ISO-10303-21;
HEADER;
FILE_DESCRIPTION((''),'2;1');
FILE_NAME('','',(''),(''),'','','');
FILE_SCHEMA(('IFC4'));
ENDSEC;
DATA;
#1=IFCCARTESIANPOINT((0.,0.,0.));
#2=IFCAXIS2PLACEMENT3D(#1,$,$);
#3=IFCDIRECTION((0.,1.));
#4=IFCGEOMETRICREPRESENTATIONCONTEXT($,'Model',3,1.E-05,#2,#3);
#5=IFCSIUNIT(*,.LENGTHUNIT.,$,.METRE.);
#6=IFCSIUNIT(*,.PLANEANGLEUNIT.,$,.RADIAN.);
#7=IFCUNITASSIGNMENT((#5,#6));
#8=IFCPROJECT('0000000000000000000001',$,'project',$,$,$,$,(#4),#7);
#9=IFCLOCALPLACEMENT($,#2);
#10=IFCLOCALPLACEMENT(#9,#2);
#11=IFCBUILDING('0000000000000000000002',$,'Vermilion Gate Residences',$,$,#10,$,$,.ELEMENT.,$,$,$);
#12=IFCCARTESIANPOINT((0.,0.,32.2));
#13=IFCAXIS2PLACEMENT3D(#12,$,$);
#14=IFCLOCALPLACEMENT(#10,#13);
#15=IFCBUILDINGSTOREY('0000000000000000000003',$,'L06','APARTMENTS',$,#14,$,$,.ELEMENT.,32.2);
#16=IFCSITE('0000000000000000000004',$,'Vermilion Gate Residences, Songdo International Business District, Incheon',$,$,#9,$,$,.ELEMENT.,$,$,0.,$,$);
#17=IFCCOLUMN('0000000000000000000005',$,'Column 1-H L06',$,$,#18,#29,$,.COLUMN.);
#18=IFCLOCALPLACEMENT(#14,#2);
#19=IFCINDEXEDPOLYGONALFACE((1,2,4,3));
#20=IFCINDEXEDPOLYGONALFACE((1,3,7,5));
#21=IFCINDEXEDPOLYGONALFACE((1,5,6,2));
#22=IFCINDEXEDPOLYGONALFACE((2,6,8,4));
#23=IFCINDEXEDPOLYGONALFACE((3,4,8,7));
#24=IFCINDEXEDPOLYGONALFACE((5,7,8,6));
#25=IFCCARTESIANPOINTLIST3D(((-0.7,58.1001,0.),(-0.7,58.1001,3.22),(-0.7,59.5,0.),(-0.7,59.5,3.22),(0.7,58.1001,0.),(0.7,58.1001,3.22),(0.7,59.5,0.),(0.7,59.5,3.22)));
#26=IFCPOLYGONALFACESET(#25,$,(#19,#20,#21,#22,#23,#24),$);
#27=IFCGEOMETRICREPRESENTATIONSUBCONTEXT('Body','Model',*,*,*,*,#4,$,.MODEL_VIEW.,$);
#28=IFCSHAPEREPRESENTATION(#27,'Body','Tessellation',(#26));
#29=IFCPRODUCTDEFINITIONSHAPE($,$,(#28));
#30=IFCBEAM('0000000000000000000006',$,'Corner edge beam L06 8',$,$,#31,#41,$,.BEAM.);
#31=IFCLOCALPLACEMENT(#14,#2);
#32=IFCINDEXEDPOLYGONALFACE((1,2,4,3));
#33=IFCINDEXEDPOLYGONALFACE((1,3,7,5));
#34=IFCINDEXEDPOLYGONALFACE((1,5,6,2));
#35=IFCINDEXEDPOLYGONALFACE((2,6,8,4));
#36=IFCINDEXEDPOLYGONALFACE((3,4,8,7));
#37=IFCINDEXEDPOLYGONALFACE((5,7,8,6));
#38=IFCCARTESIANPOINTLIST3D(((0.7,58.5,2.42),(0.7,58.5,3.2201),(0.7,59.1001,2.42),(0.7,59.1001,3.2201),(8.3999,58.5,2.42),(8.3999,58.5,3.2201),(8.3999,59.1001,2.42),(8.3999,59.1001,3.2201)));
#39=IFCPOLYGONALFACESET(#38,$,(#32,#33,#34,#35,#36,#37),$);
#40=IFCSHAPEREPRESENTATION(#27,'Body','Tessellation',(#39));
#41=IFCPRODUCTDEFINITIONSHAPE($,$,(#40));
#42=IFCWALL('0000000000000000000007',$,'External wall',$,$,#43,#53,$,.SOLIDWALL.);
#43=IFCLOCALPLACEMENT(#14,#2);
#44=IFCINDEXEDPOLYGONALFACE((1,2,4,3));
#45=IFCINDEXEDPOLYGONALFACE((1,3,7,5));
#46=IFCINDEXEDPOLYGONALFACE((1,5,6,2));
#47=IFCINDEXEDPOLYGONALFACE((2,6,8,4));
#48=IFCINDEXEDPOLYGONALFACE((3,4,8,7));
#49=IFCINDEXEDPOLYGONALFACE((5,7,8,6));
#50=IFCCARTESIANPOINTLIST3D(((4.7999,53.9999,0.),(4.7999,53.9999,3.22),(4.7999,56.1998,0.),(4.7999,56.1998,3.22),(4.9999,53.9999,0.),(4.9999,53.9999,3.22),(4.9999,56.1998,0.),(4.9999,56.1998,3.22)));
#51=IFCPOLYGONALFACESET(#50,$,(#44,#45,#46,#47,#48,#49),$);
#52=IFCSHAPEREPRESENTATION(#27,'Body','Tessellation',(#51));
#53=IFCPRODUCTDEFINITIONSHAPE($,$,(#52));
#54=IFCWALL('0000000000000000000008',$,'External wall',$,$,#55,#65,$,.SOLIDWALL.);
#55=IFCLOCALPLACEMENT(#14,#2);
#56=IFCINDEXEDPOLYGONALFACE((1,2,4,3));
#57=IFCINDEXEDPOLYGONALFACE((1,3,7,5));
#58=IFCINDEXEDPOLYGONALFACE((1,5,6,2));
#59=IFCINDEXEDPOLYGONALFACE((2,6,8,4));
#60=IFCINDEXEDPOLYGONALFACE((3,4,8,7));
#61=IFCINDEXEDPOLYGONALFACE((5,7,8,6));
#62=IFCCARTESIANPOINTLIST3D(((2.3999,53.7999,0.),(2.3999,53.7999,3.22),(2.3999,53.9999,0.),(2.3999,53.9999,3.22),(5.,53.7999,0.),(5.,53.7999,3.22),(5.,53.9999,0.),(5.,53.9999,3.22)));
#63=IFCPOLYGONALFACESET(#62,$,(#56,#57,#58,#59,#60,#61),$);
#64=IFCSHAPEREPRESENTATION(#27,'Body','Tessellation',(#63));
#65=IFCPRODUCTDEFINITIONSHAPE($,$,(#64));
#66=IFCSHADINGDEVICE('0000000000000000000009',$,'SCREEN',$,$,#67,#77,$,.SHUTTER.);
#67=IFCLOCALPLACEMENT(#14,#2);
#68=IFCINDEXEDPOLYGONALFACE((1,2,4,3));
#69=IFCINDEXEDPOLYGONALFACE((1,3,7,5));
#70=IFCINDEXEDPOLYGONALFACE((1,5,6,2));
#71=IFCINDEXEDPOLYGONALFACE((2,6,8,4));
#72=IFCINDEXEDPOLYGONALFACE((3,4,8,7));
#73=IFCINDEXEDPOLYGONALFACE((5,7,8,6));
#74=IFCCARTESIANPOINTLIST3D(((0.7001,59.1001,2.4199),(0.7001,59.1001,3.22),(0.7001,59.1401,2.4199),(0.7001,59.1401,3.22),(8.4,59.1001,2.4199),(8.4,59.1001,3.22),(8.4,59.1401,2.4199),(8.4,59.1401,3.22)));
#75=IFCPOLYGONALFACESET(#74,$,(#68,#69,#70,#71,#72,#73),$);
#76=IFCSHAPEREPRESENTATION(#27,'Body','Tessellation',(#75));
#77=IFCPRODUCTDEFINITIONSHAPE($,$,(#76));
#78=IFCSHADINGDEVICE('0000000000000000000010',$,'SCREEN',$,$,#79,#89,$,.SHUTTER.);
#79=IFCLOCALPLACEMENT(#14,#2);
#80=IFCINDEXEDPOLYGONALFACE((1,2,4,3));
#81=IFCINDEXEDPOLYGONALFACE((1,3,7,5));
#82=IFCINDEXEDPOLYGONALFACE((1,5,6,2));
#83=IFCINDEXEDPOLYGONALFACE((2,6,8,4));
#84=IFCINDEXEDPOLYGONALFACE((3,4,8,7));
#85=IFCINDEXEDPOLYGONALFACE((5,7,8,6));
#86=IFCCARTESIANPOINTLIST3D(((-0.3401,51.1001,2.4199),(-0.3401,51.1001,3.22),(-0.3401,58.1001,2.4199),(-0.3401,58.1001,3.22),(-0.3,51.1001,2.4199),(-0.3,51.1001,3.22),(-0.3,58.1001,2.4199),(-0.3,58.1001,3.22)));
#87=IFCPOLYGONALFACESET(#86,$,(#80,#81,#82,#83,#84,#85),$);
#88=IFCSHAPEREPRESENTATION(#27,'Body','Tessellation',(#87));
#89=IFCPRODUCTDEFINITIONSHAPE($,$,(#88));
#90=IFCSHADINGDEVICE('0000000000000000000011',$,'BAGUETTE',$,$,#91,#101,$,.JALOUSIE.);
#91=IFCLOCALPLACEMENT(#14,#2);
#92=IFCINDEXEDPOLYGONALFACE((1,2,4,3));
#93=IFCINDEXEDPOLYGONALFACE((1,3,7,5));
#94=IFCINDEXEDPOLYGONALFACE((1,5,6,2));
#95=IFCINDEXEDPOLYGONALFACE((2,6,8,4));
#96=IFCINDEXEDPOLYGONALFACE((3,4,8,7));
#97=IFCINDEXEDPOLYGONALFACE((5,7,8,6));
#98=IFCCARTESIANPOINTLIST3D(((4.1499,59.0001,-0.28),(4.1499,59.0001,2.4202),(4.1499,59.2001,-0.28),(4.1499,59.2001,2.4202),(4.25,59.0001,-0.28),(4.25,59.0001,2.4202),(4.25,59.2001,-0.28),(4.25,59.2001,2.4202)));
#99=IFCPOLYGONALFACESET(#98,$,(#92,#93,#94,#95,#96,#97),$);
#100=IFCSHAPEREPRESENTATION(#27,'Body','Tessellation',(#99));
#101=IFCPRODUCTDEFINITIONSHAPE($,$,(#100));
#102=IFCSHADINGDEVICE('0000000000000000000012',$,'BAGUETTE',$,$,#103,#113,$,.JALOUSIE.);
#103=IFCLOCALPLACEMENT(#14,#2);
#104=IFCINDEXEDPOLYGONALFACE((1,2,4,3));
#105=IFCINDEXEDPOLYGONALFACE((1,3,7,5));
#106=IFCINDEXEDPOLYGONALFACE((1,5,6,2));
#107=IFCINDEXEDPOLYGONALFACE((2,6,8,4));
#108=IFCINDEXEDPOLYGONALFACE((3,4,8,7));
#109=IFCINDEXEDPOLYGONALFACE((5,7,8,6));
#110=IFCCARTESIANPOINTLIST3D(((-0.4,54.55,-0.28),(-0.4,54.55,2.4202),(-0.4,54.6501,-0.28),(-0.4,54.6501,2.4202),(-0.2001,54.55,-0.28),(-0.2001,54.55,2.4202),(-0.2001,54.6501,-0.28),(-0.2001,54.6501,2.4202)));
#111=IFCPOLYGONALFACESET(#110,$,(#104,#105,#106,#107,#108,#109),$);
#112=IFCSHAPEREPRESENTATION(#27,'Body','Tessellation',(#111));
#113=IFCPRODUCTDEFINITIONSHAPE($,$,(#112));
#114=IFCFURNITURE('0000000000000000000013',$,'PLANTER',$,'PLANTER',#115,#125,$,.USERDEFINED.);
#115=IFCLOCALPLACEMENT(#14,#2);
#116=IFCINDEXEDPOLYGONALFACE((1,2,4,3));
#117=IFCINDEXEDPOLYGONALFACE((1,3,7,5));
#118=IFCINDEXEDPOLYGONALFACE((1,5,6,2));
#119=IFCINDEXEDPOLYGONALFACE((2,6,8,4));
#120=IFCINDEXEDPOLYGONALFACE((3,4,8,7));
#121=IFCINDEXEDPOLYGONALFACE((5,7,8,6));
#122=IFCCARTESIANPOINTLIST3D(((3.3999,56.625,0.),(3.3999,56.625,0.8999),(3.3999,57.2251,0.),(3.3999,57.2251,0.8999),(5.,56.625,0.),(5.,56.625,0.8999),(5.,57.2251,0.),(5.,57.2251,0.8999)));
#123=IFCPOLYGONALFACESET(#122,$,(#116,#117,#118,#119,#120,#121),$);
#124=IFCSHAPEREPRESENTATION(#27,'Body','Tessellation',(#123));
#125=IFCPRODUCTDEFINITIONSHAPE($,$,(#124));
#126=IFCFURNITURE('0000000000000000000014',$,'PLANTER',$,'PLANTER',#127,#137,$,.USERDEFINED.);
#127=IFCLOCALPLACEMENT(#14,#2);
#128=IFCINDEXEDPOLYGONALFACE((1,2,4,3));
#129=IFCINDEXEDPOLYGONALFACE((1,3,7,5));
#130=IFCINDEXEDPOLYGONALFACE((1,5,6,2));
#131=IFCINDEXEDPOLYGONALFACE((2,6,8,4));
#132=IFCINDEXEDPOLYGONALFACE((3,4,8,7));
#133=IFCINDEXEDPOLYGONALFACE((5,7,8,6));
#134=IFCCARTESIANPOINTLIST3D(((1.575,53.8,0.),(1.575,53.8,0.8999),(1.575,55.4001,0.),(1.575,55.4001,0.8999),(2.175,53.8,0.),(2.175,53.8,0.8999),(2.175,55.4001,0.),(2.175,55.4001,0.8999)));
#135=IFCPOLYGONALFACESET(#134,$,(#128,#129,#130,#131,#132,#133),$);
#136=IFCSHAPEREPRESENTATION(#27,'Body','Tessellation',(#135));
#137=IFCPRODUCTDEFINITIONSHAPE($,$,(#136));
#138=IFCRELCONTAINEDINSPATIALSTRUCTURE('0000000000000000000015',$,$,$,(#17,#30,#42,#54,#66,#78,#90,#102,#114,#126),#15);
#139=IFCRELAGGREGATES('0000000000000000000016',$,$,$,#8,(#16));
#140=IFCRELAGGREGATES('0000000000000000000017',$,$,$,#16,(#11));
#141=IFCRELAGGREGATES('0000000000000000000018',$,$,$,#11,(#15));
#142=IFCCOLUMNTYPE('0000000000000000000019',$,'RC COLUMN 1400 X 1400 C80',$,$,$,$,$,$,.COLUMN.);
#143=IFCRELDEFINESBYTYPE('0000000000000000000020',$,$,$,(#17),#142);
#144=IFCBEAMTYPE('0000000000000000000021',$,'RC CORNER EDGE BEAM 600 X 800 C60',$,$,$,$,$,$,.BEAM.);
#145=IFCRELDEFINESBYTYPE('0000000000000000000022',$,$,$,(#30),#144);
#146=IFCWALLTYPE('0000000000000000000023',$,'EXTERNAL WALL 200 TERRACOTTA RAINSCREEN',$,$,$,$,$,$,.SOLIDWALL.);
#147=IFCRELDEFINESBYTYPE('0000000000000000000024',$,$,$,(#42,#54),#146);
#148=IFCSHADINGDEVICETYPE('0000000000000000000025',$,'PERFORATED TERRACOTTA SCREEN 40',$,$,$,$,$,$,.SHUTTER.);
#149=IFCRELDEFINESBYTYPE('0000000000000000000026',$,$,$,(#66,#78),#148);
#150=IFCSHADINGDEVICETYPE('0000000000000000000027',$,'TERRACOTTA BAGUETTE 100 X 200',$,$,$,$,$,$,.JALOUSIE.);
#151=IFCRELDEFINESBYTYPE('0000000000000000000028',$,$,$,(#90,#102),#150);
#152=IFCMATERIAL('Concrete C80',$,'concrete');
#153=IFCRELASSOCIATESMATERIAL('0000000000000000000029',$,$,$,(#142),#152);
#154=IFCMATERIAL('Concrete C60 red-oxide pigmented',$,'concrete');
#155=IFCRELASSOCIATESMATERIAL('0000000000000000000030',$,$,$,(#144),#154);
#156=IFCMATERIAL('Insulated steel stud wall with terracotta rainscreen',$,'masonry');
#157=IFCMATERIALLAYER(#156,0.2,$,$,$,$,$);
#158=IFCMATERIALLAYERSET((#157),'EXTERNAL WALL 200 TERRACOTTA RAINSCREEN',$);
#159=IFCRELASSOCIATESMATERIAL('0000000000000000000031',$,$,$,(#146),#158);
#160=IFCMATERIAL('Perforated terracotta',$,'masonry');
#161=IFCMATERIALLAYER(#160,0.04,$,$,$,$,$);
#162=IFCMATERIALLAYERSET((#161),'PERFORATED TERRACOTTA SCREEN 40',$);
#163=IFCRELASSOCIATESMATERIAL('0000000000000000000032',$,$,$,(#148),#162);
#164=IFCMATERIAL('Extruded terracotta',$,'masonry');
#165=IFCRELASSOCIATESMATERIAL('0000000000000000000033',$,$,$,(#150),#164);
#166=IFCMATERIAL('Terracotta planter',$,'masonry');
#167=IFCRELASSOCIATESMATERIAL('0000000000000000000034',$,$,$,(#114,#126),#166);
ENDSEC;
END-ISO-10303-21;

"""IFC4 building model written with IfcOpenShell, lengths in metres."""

from ifc_helpers import new_model, si_unit, direction, frame, frame_2d, origin, origin_2d, place, context, subcontext, project, spatial, rectangle, extrude, material, layer, layer_set, material_profile, profile_set, type_object, element, save


model = new_model("IFC4")

# Units and contexts
model_context = context("Model", 3, precision=1e-05, world=origin(), true_north=direction((0.0, 1.0)))
body_context = subcontext(model_context, "Body", "Model", "MODEL_VIEW")
ifc_project = project(units=[si_unit("LENGTHUNIT", "METRE"), si_unit("PLANEANGLEUNIT", "RADIAN")], contexts=[model_context])

# Site, building, storey
site_placement = place(None, origin())
site = spatial("IfcSite", under=ifc_project, at=site_placement, Name="Vermilion Gate Residences, Songdo International Business District, Incheon", CompositionType="ELEMENT", RefElevation=0.0)
building_placement = place(site_placement, origin())
building = spatial("IfcBuilding", under=site, at=building_placement, Name="Vermilion Gate Residences", CompositionType="ELEMENT")
storey_placement = place(building_placement, frame((0.0, 0.0, 32.2)))
storey = spatial("IfcBuildingStorey", under=building, at=storey_placement, Name="L06", Description="APARTMENTS", CompositionType="ELEMENT", Elevation=32.2)

# Column
ifc_material_1 = material(Name="Concrete C80", Category="concrete")
ifc_material_profile_1 = material_profile(ifc_material_1, rectangle(XDim=1.3999, YDim=1.3999, at=origin_2d()), Name="RC-1400x1400")
ifc_profile_set_1 = profile_set([ifc_material_profile_1], Name="Concrete C80")
column_type = type_object("IfcColumnType", Name="RC COLUMN 1400 X 1400 C80", PredefinedType="COLUMN", material=ifc_profile_set_1)
column_placement = place(storey_placement, frame((0.0, 58.8, 0.0), z_axis=(0.0, 0.0, 1.0), x_axis=(1.0, 0.0, 0.0)))
element("IfcColumn", 1, at=column_placement, inside=storey, type_object=column_type, Name="Column 1-H L06", PredefinedType="COLUMN", context=body_context, shape_type="SweptSolid", body=[
    extrude(rectangle(XDim=1.3999, YDim=1.3999, at=origin_2d()), origin(), (0.0, 0.0, 1.0), 3.22),
])

# Beam
ifc_material_2 = material(Name="Concrete C60 red-oxide pigmented", Category="concrete")
ifc_material_profile_2 = material_profile(ifc_material_2, rectangle(XDim=0.6001, YDim=0.8, at=origin_2d()), Name="RC-600x800")
ifc_profile_set_2 = profile_set([ifc_material_profile_2], Name="Concrete C60 red-oxide pigmented")
beam_type = type_object("IfcBeamType", Name="RC CORNER EDGE BEAM 600 X 800 C60", PredefinedType="BEAM", material=ifc_profile_set_2)
beam_placement = place(storey_placement, frame((0.7, 58.8, 2.8201), z_axis=(1.0, 0.0, 0.0), x_axis=(0.0, 1.0, 0.0)))
element("IfcBeam", 2, at=beam_placement, inside=storey, type_object=beam_type, Name="Corner edge beam L06 8", PredefinedType="BEAM", context=body_context, shape_type="SweptSolid", body=[
    extrude(rectangle(XDim=0.6001, YDim=0.8, at=origin_2d()), origin(), (0.0, 0.0, 1.0), 7.7),
])

# Walls
ifc_material_3 = material(Name="Insulated steel stud wall with terracotta rainscreen", Category="masonry")
ifc_layer_1 = layer(ifc_material_3, 0.2)
ifc_layer_set_1 = layer_set([ifc_layer_1], Name="EXTERNAL WALL 200 TERRACOTTA RAINSCREEN")
wall_type = type_object("IfcWallType", Name="EXTERNAL WALL 200 TERRACOTTA RAINSCREEN", PredefinedType="SOLIDWALL", material=ifc_layer_set_1)
wall_1_placement = place(storey_placement, frame((4.8999, 56.2, 0.0), z_axis=(0.0, 0.0, 1.0), x_axis=(0.0, -1.0, 0.0)))
element("IfcWall", 3, at=wall_1_placement, inside=storey, type_object=wall_type, Name="External wall", PredefinedType="SOLIDWALL", context=body_context, shape_type="SweptSolid", body=[
    extrude(rectangle(XDim=2.2, YDim=0.2, at=frame_2d((1.1001, 0.0))), origin(), (0.0, 0.0, 1.0), 3.22),
])
wall_2_placement = place(storey_placement, frame((5.0, 53.8999, 0.0), z_axis=(0.0, 0.0, 1.0), x_axis=(-1.0, 0.0, 0.0)))
element("IfcWall", 4, at=wall_2_placement, inside=storey, type_object=wall_type, Name="External wall", PredefinedType="SOLIDWALL", context=body_context, shape_type="SweptSolid", body=[
    extrude(rectangle(XDim=2.6001, YDim=0.2, at=frame_2d((1.3, 0.0))), origin(), (0.0, 0.0, 1.0), 3.22),
])

# Shading devices
ifc_material_4 = material(Name="Perforated terracotta", Category="masonry")
ifc_layer_2 = layer(ifc_material_4, 0.04)
ifc_layer_set_2 = layer_set([ifc_layer_2], Name="PERFORATED TERRACOTTA SCREEN 40")
shading_device_type_1 = type_object("IfcShadingDeviceType", Name="PERFORATED TERRACOTTA SCREEN 40", PredefinedType="SHUTTER", material=ifc_layer_set_2)
shading_device_1_placement = place(storey_placement, frame((4.55, 59.1201, 2.4199), z_axis=(0.0, 0.0, 1.0), x_axis=(-1.0, 0.0, 0.0)))
element("IfcShadingDevice", 5, at=shading_device_1_placement, inside=storey, type_object=shading_device_type_1, Name="SCREEN", PredefinedType="SHUTTER", context=body_context, shape_type="SweptSolid", body=[
    extrude(rectangle(XDim=7.7, YDim=0.04, at=origin_2d()), origin(), (0.0, 0.0, 1.0), 0.8),
])
shading_device_2_placement = place(storey_placement, frame((-0.3201, 54.6001, 2.4199), z_axis=(0.0, 0.0, 1.0), x_axis=(0.0, -1.0, 0.0)))
element("IfcShadingDevice", 6, at=shading_device_2_placement, inside=storey, type_object=shading_device_type_1, Name="SCREEN", PredefinedType="SHUTTER", context=body_context, shape_type="SweptSolid", body=[
    extrude(rectangle(XDim=7.0, YDim=0.04, at=origin_2d()), origin(), (0.0, 0.0, 1.0), 0.8),
])
ifc_material_5 = material(Name="Extruded terracotta", Category="masonry")
ifc_material_profile_3 = material_profile(ifc_material_5, rectangle(XDim=0.2, YDim=0.1001, at=origin_2d()), Name="BAGUETTE 100 X 200")
ifc_profile_set_3 = profile_set([ifc_material_profile_3], Name="Extruded terracotta")
shading_device_type_2 = type_object("IfcShadingDeviceType", Name="TERRACOTTA BAGUETTE 100 X 200", PredefinedType="JALOUSIE", material=ifc_profile_set_3)
for number, where, z_axis, x_axis, name in (
    (7, (4.2, 59.1001, -0.28), (0.0, 0.0, 1.0), (0.0, -1.0, 0.0), "BAGUETTE"),
    (8, (-0.3, 54.6001, -0.28), (0.0, 0.0, 1.0), (1.0, 0.0, 0.0), "BAGUETTE"),
):
    element("IfcShadingDevice", number, at=place(storey_placement, frame(where, z_axis=z_axis, x_axis=x_axis)), inside=storey, type_object=shading_device_type_2, Name=name, PredefinedType="JALOUSIE", context=body_context, shape_type="SweptSolid", body=[
        extrude(rectangle(XDim=0.2, YDim=0.1001, at=origin_2d()), origin(), (0.0, 0.0, 1.0), 2.7002),
    ])

# Furniture
ifc_material_6 = material(Name="Terracotta planter", Category="masonry")
for number, where, z_axis, x_axis, name in (
    (9, (4.2, 56.925, 0.0), (0.0, 0.0, 1.0), (-1.0, 0.0, 0.0), "PLANTER"),
    (10, (1.875, 54.6001, 0.0), (0.0, 0.0, 1.0), (0.0, -1.0, 0.0), "PLANTER"),
):
    element("IfcFurniture", number, at=place(storey_placement, frame(where, z_axis=z_axis, x_axis=x_axis)), inside=storey, material=ifc_material_6, Name=name, ObjectType="PLANTER", PredefinedType="USERDEFINED", context=body_context, shape_type="SweptSolid", body=[
        extrude(rectangle(XDim=1.6001, YDim=0.6001, at=origin_2d()), origin(), (0.0, 0.0, 1.0), 0.8999),
    ])

save(model, "model.ifc")
